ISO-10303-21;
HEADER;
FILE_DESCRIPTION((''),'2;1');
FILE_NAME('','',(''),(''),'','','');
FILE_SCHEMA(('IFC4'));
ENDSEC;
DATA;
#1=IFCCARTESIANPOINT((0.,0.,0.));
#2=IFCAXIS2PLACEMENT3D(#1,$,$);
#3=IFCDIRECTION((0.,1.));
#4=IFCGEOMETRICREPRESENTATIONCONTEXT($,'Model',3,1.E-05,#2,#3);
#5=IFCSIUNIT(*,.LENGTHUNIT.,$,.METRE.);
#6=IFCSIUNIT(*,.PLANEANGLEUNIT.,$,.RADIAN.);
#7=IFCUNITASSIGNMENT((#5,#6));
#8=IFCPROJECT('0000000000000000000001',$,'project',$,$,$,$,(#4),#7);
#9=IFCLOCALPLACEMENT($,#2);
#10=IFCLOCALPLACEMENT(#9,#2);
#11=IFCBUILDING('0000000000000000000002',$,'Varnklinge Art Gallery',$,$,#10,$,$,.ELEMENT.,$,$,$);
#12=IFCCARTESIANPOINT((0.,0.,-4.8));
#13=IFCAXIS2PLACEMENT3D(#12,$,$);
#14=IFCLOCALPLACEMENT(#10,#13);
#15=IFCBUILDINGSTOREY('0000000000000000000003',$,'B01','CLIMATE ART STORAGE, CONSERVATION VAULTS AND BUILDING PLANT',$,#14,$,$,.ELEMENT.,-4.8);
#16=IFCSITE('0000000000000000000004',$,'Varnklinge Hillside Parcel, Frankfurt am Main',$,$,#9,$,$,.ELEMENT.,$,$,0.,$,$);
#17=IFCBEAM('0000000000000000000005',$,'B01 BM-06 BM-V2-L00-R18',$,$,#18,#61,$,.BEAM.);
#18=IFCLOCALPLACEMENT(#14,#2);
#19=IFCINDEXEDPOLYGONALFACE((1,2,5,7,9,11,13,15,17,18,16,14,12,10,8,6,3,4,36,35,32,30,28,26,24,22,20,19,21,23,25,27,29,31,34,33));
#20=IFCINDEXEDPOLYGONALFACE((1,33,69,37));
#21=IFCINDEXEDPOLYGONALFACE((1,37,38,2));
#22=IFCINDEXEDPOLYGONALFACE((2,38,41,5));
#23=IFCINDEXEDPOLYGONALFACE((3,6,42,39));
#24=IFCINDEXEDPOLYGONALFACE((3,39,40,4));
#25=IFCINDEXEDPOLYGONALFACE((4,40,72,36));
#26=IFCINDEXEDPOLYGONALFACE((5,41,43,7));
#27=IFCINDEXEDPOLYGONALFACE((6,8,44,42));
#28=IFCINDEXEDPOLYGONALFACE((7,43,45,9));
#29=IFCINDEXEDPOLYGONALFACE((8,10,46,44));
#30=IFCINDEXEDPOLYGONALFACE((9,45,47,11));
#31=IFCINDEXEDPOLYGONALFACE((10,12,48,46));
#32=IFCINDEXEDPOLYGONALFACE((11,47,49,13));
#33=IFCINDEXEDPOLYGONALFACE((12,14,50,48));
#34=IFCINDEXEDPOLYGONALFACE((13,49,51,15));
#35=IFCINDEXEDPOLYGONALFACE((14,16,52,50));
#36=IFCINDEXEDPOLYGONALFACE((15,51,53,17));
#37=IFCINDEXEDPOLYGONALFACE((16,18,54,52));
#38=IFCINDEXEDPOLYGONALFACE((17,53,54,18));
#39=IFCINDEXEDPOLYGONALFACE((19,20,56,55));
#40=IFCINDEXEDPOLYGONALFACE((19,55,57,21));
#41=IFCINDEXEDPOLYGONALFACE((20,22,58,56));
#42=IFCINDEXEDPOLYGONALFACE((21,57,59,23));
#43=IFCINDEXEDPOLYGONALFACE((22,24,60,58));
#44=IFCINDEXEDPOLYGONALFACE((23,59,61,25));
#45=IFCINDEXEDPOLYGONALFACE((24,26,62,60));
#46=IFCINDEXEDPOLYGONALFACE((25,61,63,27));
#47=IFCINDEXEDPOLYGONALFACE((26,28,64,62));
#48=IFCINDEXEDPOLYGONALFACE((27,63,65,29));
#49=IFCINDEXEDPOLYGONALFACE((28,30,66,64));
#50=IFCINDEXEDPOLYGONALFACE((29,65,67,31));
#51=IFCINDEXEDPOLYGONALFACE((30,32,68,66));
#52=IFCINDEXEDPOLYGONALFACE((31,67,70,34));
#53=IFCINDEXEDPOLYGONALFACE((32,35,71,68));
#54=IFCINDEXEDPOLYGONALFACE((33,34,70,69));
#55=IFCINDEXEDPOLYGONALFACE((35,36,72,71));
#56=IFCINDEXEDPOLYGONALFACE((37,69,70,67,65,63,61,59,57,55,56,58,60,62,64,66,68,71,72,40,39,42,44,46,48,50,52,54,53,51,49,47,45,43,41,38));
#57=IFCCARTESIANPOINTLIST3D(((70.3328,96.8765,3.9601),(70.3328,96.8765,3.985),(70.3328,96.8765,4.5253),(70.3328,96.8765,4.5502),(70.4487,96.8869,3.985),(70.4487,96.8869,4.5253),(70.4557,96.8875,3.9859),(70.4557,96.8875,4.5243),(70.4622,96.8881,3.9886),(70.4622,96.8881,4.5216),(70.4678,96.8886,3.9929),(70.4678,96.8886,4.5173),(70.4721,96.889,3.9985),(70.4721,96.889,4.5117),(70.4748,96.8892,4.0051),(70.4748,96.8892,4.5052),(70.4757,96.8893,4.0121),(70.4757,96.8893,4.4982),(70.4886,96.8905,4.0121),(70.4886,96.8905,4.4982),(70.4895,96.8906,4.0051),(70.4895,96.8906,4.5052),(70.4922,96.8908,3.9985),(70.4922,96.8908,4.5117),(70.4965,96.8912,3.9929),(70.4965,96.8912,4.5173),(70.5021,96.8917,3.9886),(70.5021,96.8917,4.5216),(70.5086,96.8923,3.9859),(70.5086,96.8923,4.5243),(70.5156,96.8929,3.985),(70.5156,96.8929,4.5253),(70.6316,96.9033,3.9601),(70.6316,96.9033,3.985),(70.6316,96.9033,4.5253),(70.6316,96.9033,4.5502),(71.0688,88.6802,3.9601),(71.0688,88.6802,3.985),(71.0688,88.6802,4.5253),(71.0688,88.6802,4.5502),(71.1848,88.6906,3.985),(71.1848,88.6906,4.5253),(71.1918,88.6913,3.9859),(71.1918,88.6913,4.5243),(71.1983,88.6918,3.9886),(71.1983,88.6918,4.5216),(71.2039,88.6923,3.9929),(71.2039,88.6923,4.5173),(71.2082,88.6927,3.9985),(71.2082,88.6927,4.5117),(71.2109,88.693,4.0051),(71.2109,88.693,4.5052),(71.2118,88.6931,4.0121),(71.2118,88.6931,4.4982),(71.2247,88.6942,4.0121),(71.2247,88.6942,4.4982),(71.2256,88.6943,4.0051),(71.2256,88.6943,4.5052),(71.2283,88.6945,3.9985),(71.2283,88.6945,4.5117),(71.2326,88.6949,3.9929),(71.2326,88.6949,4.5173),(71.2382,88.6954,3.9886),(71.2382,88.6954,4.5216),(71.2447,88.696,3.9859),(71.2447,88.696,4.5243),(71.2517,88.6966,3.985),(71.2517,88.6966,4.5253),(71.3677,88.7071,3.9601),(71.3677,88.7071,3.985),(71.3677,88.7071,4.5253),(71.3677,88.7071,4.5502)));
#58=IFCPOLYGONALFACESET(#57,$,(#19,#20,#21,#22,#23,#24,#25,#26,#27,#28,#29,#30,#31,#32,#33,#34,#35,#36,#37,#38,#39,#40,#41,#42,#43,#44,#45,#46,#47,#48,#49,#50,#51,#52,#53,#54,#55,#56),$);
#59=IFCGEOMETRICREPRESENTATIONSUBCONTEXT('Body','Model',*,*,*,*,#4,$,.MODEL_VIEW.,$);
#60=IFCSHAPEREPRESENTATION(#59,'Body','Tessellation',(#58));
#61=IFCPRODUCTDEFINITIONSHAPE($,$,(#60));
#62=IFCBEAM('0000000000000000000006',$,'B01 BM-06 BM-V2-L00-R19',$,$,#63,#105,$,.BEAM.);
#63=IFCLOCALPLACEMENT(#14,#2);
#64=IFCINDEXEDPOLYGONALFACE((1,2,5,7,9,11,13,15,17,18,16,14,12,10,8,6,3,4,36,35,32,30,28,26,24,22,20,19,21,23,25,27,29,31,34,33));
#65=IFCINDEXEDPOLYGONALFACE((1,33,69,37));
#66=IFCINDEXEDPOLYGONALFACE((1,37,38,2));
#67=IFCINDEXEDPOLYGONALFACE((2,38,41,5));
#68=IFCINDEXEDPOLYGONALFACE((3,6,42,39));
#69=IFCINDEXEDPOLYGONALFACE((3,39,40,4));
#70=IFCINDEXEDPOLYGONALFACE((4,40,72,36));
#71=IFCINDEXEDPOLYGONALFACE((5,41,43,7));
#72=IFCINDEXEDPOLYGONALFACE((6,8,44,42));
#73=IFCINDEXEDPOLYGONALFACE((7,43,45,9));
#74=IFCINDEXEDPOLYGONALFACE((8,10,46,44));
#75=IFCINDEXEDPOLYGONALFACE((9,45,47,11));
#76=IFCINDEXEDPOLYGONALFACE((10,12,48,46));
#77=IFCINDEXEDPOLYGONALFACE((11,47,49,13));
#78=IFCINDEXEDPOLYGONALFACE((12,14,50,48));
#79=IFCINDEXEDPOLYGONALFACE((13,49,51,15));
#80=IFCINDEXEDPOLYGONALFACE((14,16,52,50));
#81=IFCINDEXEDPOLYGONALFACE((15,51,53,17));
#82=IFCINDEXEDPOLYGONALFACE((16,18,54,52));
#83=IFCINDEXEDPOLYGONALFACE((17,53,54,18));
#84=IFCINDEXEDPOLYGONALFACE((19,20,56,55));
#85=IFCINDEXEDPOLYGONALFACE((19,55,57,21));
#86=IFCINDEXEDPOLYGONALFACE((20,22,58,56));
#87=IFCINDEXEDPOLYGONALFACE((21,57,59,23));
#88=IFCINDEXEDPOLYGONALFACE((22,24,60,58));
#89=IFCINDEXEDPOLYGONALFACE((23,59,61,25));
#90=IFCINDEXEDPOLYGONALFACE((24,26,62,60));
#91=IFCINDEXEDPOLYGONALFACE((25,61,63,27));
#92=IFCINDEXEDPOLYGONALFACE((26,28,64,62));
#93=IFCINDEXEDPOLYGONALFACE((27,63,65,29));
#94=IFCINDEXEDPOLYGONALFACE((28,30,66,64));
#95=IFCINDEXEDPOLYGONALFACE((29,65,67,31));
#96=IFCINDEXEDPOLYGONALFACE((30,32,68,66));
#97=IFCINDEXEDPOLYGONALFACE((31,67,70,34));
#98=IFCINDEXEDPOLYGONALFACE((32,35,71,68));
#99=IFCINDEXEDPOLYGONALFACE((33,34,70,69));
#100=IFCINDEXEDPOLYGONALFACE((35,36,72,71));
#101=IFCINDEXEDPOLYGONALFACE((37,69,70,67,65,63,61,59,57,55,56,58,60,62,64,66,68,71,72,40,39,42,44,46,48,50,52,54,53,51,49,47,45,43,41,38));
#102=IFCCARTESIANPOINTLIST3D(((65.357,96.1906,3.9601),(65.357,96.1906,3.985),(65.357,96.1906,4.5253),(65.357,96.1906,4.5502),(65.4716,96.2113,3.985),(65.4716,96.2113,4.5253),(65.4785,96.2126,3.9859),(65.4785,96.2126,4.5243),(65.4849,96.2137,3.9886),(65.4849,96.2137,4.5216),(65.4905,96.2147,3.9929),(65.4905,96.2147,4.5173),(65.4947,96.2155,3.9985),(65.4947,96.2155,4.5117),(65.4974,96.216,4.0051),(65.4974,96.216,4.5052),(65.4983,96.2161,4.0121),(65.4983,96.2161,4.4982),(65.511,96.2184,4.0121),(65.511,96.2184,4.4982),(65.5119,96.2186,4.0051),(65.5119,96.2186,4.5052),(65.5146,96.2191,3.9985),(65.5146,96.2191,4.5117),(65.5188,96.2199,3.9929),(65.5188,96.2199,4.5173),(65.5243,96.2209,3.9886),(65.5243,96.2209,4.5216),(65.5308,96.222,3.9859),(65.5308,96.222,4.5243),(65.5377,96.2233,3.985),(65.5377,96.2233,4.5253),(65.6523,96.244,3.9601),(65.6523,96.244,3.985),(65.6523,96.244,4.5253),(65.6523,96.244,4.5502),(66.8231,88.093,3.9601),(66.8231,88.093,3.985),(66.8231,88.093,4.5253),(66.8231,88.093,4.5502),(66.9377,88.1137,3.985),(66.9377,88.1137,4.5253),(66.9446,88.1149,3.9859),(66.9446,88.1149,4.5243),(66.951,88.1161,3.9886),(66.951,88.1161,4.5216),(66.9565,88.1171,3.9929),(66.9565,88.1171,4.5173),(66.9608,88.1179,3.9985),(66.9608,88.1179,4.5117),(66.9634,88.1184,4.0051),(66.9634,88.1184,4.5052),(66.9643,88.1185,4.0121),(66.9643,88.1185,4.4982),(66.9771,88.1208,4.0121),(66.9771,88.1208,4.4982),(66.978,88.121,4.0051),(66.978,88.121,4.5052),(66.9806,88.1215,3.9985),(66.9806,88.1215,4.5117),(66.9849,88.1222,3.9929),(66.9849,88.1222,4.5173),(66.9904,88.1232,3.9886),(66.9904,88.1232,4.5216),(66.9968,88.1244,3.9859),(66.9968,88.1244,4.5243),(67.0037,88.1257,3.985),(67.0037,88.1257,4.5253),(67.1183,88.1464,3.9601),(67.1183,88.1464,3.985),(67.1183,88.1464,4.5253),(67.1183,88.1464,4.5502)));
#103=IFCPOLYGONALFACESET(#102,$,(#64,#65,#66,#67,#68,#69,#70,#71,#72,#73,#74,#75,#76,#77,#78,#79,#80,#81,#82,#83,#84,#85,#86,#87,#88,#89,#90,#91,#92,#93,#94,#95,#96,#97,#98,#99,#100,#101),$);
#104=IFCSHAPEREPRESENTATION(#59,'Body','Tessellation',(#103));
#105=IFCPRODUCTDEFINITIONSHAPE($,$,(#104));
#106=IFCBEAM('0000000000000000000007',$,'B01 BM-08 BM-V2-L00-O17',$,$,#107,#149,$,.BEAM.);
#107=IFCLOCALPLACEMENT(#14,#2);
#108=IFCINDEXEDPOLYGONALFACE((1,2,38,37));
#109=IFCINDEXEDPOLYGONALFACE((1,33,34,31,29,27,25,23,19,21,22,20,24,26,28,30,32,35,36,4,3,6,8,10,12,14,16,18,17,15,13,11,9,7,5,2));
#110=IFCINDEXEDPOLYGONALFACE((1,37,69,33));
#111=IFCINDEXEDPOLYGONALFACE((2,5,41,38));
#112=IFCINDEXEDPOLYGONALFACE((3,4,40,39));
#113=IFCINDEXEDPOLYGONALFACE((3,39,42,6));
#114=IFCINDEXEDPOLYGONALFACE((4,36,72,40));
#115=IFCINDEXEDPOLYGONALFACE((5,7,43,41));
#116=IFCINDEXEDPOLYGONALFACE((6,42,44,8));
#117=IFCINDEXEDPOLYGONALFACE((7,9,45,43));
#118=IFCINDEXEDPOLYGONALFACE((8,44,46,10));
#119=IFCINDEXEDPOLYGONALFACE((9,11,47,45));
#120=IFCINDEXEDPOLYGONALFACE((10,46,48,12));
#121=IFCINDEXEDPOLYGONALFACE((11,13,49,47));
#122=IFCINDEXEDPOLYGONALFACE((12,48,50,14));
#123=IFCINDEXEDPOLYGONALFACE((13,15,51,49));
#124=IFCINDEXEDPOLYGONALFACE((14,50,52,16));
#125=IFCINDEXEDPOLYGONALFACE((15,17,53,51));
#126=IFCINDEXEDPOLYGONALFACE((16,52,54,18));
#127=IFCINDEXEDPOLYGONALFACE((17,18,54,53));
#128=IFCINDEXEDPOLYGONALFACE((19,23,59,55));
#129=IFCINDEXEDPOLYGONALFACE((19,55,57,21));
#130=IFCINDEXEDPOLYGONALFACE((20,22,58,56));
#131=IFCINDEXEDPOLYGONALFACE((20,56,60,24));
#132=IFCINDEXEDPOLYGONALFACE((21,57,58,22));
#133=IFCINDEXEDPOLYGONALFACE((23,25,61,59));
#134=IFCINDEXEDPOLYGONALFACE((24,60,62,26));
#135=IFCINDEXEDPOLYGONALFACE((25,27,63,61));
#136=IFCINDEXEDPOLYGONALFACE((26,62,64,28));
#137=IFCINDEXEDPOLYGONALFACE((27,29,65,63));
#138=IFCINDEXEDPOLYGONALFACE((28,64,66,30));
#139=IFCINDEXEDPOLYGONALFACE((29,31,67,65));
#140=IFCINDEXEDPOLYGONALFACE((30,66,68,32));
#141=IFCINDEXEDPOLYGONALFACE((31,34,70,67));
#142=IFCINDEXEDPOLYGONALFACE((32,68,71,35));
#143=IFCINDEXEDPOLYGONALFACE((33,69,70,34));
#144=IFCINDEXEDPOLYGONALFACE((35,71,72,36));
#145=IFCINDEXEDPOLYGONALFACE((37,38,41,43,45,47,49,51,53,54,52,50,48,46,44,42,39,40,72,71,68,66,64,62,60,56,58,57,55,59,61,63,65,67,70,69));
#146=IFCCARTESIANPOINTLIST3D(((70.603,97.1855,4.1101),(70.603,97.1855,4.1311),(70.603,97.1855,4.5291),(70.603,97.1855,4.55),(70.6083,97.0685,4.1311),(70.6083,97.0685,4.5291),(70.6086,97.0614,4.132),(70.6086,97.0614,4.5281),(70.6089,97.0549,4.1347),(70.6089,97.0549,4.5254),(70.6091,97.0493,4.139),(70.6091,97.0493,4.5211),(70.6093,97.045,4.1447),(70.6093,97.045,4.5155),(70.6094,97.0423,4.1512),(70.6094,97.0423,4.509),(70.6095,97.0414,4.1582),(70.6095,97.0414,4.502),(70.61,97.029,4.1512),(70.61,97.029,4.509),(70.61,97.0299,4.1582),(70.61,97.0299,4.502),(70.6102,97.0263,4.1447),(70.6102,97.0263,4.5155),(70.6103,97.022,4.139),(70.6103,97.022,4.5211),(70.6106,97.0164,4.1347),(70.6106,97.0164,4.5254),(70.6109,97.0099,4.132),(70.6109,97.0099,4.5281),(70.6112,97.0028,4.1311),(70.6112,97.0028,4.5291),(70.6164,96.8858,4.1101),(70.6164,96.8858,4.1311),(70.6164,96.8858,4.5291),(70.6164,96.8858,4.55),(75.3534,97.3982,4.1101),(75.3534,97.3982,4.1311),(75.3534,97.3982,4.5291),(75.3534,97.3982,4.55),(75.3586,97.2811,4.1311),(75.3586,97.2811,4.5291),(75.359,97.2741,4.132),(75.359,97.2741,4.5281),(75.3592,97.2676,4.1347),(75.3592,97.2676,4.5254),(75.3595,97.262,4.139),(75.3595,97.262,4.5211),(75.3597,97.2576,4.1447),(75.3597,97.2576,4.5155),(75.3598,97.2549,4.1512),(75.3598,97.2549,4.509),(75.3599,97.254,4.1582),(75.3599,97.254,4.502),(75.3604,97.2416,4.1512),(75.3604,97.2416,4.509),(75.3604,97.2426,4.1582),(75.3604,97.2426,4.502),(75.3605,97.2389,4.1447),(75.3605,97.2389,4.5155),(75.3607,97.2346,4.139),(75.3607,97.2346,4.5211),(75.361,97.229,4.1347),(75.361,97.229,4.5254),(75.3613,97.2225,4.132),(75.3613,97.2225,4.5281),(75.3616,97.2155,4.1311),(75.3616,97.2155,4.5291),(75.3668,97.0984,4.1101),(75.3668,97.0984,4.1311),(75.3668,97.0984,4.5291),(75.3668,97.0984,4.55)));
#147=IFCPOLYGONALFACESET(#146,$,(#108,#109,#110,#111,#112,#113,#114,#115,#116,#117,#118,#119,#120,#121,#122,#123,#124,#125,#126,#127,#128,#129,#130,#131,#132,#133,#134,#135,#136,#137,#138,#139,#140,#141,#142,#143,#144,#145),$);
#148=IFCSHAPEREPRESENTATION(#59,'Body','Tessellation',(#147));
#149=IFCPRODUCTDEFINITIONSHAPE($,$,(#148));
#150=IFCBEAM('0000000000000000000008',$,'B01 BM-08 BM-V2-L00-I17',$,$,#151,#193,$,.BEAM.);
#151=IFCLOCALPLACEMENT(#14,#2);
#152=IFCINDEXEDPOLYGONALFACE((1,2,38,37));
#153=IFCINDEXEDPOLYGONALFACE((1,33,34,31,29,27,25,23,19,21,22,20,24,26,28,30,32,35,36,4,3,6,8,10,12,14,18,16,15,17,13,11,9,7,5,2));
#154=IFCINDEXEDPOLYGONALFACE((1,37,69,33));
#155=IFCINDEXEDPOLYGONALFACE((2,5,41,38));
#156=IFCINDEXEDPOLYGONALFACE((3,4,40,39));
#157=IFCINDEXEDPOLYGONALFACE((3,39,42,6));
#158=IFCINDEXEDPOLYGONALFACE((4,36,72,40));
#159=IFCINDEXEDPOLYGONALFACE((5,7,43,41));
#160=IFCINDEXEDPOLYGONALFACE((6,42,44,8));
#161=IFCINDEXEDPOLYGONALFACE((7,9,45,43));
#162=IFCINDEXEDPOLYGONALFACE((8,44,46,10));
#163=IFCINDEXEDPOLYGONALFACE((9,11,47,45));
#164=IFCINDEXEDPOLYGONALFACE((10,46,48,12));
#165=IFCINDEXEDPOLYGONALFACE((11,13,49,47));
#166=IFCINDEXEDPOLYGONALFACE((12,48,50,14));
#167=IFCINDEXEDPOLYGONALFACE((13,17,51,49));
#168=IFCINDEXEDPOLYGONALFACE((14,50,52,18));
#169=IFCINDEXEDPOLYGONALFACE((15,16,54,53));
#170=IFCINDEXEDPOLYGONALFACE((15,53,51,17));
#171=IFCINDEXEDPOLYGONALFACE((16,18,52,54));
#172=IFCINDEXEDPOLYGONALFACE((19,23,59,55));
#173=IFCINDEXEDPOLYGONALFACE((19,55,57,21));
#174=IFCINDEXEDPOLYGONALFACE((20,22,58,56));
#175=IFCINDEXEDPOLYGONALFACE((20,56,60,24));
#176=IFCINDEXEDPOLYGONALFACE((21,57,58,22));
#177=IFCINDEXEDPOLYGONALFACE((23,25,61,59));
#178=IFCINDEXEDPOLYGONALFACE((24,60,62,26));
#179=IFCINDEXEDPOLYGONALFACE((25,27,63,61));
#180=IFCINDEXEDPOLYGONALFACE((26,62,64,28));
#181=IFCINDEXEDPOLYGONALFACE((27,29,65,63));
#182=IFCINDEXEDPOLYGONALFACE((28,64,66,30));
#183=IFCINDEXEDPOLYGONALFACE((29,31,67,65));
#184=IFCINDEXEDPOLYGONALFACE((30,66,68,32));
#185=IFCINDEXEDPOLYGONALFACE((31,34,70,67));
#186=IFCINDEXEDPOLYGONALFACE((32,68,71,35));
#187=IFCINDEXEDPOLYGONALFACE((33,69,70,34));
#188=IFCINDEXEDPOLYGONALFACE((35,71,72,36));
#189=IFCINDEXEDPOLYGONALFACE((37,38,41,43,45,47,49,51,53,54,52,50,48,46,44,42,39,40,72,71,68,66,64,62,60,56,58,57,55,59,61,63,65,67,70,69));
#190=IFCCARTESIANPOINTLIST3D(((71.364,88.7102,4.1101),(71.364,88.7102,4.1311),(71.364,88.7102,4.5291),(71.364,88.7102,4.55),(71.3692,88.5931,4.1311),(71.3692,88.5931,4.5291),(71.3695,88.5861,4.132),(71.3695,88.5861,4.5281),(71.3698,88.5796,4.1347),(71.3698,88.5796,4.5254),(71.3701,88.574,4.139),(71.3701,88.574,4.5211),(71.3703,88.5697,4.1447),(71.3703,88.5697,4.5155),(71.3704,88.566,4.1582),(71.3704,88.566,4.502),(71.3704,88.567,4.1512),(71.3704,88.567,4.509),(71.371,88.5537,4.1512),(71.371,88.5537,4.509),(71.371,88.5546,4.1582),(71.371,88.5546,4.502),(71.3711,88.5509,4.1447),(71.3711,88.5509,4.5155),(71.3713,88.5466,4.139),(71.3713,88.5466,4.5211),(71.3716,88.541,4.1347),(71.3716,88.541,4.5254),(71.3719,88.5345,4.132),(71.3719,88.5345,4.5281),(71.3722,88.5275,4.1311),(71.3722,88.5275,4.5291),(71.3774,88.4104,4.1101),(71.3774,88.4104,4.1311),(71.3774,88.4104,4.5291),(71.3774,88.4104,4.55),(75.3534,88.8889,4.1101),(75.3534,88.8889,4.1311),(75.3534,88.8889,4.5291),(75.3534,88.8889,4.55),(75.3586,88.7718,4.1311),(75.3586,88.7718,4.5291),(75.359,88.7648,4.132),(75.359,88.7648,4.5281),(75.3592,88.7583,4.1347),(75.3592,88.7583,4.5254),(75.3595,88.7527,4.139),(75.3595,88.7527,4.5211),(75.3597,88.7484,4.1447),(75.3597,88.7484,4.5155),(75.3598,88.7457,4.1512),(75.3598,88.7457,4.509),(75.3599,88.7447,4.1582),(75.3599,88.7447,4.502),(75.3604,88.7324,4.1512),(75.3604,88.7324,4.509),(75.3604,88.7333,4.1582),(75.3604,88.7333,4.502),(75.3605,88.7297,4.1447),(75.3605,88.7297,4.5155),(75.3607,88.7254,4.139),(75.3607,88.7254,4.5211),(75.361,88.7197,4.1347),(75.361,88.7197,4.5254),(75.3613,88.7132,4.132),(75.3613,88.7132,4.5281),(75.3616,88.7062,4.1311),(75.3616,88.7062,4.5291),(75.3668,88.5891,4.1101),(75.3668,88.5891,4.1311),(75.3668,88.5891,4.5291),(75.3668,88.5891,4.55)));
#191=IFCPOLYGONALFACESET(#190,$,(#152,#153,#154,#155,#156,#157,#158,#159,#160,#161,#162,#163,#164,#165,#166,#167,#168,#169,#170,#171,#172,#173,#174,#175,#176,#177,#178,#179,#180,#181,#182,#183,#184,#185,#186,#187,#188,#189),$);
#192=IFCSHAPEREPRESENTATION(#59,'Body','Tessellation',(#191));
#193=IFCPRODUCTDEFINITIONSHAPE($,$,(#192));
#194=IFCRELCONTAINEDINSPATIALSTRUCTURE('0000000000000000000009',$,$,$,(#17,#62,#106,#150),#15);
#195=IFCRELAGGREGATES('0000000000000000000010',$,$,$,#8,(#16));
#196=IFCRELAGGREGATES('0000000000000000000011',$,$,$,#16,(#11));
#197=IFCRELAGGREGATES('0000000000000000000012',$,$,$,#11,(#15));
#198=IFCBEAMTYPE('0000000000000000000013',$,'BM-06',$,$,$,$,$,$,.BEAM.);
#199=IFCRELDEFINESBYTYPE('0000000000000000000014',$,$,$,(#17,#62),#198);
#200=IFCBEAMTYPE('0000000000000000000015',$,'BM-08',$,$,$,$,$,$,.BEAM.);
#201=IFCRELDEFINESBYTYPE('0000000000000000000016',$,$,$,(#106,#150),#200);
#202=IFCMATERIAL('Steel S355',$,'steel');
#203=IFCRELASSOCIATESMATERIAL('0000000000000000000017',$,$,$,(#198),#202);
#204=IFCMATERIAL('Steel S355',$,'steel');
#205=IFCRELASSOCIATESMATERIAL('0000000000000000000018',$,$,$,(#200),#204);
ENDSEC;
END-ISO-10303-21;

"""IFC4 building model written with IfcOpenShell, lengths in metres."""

from ifc_helpers import new_model, si_unit, direction, frame, origin, origin_2d, place, context, subcontext, project, spatial, i_section, extrude, material, material_profile, profile_set, type_object, element, save


model = new_model("IFC4")

# Units and contexts
model_context = context("Model", 3, precision=1e-05, world=origin(), true_north=direction((0.0, 1.0)))
body_context = subcontext(model_context, "Body", "Model", "MODEL_VIEW")
ifc_project = project(units=[si_unit("LENGTHUNIT", "METRE"), si_unit("PLANEANGLEUNIT", "RADIAN")], contexts=[model_context])

# Site, building, storey
site_placement = place(None, origin())
site = spatial("IfcSite", under=ifc_project, at=site_placement, Name="Varnklinge Hillside Parcel, Frankfurt am Main", CompositionType="ELEMENT", RefElevation=0.0)
building_placement = place(site_placement, origin())
building = spatial("IfcBuilding", under=site, at=building_placement, Name="Varnklinge Art Gallery", CompositionType="ELEMENT")
storey_placement = place(building_placement, frame((0.0, 0.0, -4.8)))
storey = spatial("IfcBuildingStorey", under=building, at=storey_placement, Name="B01", Description="CLIMATE ART STORAGE, CONSERVATION VAULTS AND BUILDING PLANT", CompositionType="ELEMENT", Elevation=-4.8)

# Beams
ifc_material_1 = material(Name="Steel S355", Category="steel")
ifc_material_profile_1 = material_profile(ifc_material_1, i_section(OverallWidth=0.3, OverallDepth=0.5901, WebThickness=0.0129, FlangeThickness=0.0249, FilletRadius=0.0271, at=origin_2d()), Name="HEA 600")
ifc_profile_set_1 = profile_set([ifc_material_profile_1], Name="Steel S355")
beam_type_1 = type_object("IfcBeamType", Name="BM-06", PredefinedType="BEAM", material=ifc_profile_set_1)
for number, where, z_axis, x_axis, name in (
    (1, (70.4822, 96.8899, 4.2551), (0.089447, -0.995992, 0.0), (0.995992, 0.089447, 0.0), "B01 BM-06 BM-V2-L00-R18"),
    (2, (65.5046, 96.2173, 4.2551), (0.178152, -0.984003, 0.0), (0.984003, 0.178152, 0.0), "B01 BM-06 BM-V2-L00-R19"),
):
    element("IfcBeam", number, at=place(storey_placement, frame(where, z_axis=z_axis, x_axis=x_axis)), inside=storey, type_object=beam_type_1, Name=name, PredefinedType="BEAM", context=body_context, shape_type="SweptSolid", body=[
        extrude(i_section(OverallWidth=0.3, OverallDepth=0.5901, WebThickness=0.0129, FlangeThickness=0.0249, FilletRadius=0.0271, at=origin_2d()), origin(), (0.0, 0.0, 1.0), 8.2292),
    ])
ifc_material_2 = material(Name="Steel S355", Category="steel")
ifc_material_profile_2 = material_profile(ifc_material_2, i_section(OverallWidth=0.3, OverallDepth=0.4399, WebThickness=0.0115, FlangeThickness=0.021, FilletRadius=0.0271, at=origin_2d()), Name="HEA 450")
ifc_profile_set_2 = profile_set([ifc_material_profile_2], Name="Steel S355")
beam_type_2 = type_object("IfcBeamType", Name="BM-08", PredefinedType="BEAM", material=ifc_profile_set_2)
beam_1_placement = place(storey_placement, frame((75.3601, 97.2483, 4.3301), z_axis=(-0.999, -0.044718, 0.0), x_axis=(0.044718, -0.999, 0.0)))
element("IfcBeam", 3, at=beam_1_placement, inside=storey, type_object=beam_type_2, Name="B01 BM-08 BM-V2-L00-O17", PredefinedType="BEAM", context=body_context, shape_type="SweptSolid", body=[
    extrude(i_section(OverallWidth=0.3, OverallDepth=0.4399, WebThickness=0.0115, FlangeThickness=0.021, FilletRadius=0.0271, at=origin_2d()), origin(), (0.0, 0.0, 1.0), 4.7551),
])
beam_2_placement = place(storey_placement, frame((75.3601, 88.739, 4.3301), z_axis=(-0.998998, -0.04475, 0.0), x_axis=(0.04475, -0.998998, 0.0)))
element("IfcBeam", 4, at=beam_2_placement, inside=storey, type_object=beam_type_2, Name="B01 BM-08 BM-V2-L00-I17", PredefinedType="BEAM", context=body_context, shape_type="SweptSolid", body=[
    extrude(i_section(OverallWidth=0.3, OverallDepth=0.4399, WebThickness=0.0115, FlangeThickness=0.021, FilletRadius=0.0271, at=origin_2d()), origin(), (0.0, 0.0, 1.0), 3.9934),
])

save(model, "model.ifc")
